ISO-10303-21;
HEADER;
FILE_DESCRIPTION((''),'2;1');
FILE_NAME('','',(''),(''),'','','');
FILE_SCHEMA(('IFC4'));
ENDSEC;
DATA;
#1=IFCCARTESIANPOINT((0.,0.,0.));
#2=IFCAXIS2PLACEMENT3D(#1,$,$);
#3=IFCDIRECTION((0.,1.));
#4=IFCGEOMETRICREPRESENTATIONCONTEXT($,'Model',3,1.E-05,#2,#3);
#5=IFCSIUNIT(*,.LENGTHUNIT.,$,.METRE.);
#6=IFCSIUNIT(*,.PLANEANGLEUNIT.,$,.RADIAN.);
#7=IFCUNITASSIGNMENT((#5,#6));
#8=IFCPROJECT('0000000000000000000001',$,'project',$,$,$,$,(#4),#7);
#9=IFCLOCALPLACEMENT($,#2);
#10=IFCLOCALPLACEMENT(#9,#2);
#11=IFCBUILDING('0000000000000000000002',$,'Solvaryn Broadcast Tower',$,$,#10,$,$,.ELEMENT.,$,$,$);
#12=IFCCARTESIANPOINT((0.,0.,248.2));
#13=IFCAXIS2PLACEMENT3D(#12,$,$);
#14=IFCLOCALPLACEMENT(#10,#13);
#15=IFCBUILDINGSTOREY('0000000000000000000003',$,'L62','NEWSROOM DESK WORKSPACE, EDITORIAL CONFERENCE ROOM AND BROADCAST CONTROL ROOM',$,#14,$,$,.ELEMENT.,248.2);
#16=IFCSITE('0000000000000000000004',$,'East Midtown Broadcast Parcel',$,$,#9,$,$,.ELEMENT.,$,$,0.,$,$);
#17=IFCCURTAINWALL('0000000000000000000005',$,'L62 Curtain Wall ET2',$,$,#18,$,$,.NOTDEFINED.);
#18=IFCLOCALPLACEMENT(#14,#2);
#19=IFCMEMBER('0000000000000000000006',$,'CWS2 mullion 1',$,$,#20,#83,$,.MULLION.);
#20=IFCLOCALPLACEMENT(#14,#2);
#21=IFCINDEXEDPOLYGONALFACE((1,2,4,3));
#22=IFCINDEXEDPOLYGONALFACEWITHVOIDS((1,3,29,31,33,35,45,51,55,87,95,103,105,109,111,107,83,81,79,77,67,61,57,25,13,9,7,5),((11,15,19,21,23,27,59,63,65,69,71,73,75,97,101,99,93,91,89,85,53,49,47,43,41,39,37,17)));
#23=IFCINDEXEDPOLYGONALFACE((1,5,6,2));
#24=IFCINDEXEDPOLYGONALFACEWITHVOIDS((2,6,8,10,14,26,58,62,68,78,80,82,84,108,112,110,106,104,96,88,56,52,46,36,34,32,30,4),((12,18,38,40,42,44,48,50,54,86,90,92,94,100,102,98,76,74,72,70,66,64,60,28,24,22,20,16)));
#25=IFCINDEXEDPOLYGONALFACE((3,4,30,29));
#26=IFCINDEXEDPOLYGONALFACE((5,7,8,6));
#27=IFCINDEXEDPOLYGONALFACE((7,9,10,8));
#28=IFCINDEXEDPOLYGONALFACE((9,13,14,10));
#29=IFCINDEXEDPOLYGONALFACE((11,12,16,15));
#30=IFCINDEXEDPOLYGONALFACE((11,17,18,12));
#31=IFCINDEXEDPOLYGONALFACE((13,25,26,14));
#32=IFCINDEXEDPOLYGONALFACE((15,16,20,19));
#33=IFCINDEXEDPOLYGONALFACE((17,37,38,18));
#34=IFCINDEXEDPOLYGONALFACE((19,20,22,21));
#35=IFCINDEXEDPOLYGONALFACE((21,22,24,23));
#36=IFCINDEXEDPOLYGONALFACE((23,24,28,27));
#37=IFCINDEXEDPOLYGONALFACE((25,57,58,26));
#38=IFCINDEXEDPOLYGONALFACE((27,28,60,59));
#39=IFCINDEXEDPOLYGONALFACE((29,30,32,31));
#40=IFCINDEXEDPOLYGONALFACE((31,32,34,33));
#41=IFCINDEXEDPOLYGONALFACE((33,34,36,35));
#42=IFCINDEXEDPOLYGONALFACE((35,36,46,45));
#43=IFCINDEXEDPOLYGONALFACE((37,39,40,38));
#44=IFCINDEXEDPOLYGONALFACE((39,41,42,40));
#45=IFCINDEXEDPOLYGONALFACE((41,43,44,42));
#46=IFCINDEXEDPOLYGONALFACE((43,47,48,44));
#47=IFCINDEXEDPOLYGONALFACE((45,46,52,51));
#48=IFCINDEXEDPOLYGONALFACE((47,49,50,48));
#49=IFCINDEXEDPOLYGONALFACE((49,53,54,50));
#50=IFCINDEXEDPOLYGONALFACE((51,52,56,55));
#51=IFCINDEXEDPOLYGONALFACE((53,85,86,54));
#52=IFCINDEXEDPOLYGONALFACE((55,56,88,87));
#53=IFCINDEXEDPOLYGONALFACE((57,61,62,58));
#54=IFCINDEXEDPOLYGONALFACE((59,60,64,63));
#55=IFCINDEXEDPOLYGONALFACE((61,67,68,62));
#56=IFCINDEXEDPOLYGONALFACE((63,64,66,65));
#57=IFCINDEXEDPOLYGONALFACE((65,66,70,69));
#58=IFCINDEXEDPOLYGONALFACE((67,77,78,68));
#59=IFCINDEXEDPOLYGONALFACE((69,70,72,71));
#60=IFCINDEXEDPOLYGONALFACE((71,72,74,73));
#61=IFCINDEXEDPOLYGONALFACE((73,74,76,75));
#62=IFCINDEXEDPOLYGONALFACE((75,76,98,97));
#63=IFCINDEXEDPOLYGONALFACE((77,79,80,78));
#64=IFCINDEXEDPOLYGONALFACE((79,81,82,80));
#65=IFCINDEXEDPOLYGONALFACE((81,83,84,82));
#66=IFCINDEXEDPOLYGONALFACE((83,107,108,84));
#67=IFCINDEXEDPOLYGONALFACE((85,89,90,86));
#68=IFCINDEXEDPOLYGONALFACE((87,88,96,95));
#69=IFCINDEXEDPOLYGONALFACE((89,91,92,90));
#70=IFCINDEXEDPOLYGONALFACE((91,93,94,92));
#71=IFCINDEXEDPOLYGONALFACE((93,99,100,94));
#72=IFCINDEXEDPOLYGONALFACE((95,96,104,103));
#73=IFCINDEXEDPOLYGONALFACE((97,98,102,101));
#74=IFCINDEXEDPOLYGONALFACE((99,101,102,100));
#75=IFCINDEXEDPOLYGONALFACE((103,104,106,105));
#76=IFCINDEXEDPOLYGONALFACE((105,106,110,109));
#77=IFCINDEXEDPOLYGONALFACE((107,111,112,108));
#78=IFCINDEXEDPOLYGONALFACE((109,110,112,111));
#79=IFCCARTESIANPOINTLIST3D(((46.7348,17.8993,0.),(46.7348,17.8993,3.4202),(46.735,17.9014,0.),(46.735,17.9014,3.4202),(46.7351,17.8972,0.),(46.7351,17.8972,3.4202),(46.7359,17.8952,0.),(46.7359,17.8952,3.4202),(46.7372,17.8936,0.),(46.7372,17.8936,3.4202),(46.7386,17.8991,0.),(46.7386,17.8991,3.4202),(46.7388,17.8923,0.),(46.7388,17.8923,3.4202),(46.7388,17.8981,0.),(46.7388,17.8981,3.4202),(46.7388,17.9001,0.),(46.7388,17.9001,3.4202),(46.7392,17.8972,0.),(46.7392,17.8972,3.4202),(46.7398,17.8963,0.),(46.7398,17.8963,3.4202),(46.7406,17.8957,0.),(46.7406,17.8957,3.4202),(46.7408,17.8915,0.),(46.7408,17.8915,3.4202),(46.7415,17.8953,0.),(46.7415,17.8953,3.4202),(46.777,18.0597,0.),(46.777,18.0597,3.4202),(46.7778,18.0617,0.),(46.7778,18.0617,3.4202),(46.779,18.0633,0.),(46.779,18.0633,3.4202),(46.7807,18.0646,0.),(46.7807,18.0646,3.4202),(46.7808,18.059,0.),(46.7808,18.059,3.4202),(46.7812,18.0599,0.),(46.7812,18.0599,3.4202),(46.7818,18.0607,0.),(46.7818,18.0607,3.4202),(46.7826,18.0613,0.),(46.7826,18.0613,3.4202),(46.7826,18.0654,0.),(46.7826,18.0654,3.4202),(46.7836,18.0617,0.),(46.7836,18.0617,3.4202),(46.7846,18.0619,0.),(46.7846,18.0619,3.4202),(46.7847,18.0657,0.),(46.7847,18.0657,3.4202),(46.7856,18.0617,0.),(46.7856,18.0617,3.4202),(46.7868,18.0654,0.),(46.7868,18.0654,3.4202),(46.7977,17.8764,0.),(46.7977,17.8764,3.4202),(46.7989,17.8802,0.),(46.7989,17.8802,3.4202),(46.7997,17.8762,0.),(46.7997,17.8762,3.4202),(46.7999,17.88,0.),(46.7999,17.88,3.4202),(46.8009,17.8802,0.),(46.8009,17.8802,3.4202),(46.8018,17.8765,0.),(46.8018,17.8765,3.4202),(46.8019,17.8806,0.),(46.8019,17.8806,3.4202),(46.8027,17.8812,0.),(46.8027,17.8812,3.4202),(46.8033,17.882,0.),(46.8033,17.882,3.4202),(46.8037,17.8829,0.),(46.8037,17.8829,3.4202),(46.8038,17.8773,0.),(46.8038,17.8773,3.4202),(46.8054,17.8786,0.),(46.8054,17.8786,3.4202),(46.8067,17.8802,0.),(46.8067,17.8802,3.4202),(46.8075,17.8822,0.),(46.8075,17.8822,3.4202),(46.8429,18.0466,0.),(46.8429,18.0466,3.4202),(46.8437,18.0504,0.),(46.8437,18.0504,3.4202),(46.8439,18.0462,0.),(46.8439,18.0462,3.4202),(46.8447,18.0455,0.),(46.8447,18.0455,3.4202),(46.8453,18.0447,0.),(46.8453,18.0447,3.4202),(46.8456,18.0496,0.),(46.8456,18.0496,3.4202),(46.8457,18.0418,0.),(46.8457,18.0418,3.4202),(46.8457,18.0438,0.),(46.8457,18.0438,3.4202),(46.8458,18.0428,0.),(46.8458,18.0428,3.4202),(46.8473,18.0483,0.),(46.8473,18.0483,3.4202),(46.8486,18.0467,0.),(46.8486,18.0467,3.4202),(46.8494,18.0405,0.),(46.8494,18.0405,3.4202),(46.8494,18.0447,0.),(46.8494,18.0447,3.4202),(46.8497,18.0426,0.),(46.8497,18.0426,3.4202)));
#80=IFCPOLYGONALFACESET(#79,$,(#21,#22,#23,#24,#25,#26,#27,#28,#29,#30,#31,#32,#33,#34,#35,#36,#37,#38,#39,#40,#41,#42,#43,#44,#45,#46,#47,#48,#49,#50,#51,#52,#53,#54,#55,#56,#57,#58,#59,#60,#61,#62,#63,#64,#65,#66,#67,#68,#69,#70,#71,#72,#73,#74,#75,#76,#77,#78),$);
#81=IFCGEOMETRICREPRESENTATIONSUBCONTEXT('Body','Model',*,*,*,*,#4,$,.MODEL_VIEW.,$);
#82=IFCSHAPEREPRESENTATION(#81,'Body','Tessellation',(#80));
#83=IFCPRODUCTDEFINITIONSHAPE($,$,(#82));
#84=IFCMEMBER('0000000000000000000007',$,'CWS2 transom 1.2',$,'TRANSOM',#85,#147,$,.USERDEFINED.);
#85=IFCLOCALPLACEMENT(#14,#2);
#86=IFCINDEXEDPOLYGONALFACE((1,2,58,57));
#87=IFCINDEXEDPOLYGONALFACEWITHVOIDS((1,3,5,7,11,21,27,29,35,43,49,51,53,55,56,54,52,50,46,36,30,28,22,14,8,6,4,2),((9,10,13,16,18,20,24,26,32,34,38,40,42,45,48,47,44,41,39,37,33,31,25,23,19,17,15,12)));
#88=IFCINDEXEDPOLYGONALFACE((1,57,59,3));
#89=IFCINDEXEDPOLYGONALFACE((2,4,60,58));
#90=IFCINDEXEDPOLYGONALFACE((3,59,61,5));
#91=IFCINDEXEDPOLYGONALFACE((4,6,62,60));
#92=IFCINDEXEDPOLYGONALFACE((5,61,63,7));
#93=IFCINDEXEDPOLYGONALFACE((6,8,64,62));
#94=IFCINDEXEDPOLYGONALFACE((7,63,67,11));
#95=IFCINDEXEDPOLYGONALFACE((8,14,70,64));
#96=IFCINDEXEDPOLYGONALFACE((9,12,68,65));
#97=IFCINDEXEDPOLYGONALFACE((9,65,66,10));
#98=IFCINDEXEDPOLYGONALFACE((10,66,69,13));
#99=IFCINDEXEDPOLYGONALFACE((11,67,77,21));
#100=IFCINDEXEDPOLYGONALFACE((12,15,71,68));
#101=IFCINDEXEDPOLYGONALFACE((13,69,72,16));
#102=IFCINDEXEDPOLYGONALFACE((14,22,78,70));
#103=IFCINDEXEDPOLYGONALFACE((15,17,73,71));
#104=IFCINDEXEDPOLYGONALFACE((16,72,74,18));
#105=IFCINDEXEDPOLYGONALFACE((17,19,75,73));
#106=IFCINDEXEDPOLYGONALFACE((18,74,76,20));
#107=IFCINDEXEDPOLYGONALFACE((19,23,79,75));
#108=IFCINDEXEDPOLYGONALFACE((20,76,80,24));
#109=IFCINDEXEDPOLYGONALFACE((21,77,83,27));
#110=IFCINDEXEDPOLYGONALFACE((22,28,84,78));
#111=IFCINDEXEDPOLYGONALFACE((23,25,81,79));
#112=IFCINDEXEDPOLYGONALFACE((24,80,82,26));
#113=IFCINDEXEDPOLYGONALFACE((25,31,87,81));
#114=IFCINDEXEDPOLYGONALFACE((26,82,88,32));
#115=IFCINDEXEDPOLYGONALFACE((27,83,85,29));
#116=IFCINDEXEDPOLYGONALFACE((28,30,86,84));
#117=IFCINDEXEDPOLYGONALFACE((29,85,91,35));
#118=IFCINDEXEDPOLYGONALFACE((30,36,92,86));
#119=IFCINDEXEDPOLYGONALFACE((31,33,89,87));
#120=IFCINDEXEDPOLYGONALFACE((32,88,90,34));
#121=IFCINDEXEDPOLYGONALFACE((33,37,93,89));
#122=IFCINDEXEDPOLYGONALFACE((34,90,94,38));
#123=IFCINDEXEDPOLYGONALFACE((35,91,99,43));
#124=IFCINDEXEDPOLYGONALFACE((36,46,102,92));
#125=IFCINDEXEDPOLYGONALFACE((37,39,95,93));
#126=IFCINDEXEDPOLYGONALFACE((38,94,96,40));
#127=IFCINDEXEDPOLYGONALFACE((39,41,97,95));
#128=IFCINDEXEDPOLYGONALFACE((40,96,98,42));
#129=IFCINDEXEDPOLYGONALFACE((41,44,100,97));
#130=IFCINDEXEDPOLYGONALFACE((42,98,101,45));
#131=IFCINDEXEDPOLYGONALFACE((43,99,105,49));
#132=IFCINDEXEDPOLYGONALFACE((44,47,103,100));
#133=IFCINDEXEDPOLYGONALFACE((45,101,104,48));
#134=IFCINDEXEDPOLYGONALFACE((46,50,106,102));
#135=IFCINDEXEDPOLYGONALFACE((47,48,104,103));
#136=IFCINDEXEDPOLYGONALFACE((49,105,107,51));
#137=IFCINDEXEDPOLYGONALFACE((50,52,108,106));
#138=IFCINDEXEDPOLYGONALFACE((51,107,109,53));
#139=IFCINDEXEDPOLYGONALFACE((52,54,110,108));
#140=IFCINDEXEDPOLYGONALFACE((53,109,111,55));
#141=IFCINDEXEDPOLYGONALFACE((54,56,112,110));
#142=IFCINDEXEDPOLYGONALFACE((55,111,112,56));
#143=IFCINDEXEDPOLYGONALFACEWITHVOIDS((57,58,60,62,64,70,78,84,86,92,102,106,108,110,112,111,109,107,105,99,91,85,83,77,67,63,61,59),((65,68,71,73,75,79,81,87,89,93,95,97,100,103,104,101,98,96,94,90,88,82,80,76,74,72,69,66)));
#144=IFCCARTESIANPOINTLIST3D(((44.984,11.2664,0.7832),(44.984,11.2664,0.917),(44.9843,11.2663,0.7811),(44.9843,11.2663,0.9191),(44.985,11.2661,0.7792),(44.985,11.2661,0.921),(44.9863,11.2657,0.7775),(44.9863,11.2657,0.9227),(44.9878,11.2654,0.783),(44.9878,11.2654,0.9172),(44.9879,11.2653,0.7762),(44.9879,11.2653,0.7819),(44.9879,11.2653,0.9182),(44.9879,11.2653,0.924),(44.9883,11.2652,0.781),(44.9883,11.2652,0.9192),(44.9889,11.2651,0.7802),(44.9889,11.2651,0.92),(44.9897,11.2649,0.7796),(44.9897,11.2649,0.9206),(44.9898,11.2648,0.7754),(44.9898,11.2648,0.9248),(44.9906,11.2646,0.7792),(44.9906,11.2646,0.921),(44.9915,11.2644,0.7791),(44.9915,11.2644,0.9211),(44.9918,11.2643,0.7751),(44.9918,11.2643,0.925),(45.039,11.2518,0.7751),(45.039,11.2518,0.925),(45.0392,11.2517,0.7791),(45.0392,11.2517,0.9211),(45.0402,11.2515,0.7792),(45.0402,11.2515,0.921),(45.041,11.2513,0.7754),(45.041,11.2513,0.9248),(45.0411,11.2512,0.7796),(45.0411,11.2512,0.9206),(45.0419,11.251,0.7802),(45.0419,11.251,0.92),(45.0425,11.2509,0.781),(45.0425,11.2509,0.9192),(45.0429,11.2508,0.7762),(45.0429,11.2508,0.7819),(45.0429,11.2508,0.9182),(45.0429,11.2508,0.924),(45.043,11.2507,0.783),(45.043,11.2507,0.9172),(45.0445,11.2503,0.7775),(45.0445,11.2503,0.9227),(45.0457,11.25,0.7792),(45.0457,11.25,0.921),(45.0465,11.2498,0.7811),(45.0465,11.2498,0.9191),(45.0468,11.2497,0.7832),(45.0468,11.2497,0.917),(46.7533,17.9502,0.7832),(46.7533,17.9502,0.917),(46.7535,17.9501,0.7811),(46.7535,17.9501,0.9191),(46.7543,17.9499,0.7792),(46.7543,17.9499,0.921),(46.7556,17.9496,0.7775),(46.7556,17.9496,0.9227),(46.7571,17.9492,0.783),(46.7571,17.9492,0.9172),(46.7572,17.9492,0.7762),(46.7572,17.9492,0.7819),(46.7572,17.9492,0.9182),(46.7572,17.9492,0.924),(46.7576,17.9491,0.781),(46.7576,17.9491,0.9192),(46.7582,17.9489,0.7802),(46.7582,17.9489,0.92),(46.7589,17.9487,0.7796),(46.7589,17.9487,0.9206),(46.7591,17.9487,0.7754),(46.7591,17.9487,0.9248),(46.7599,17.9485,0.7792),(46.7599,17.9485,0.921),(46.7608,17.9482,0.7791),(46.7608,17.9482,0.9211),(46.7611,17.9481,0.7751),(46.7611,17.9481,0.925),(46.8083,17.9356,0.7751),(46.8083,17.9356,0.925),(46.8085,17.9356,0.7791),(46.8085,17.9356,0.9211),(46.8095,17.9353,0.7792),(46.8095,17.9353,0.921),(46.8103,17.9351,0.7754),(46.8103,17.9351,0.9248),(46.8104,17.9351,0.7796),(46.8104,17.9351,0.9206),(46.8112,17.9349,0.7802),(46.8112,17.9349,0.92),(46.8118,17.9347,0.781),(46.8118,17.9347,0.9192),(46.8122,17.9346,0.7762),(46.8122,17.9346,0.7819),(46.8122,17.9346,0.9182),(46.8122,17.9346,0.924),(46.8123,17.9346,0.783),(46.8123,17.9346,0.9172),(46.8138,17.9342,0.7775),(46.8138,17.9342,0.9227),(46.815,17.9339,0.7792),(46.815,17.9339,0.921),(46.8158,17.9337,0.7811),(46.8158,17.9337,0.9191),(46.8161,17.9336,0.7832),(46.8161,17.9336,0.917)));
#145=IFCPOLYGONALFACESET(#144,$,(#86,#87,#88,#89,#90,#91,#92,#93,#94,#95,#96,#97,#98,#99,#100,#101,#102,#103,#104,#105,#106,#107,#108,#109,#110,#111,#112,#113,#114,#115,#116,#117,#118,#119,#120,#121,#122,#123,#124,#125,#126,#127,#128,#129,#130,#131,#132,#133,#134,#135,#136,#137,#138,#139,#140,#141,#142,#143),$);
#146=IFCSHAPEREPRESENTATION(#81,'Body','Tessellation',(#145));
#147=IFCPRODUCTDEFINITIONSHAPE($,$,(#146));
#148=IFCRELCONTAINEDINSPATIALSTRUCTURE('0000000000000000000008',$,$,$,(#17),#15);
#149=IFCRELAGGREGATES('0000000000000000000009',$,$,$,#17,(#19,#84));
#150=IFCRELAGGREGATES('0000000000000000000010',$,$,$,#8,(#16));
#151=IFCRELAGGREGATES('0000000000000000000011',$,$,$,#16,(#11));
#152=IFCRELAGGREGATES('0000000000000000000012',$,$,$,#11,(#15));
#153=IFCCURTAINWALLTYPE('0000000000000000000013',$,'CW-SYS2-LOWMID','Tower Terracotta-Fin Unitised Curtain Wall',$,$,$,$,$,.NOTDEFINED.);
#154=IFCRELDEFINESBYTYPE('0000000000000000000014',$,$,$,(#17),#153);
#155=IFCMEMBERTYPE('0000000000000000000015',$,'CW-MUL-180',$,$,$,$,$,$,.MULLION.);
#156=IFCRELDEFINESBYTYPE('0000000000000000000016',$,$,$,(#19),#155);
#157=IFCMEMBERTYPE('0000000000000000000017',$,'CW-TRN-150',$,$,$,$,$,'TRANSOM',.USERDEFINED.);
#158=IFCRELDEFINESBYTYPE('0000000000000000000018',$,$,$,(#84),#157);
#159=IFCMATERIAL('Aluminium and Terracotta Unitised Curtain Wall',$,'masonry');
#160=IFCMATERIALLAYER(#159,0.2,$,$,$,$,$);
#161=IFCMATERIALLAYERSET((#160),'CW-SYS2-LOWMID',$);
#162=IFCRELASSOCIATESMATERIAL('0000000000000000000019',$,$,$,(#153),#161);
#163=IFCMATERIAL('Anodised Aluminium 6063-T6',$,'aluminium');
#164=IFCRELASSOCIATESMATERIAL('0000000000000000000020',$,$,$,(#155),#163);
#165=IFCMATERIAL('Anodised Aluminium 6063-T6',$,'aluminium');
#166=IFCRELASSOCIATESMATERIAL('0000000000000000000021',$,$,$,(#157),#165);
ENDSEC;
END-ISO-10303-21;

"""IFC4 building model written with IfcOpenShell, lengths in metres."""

from ifc_helpers import new_model, si_unit, direction, frame, origin, origin_2d, place, context, subcontext, project, spatial, hollow_rectangle, extrude, material, layer, layer_set, material_profile, profile_set, type_object, element, aggregate, save


model = new_model("IFC4")

# Units and contexts
model_context = context("Model", 3, precision=1e-05, world=origin(), true_north=direction((0.0, 1.0)))
body_context = subcontext(model_context, "Body", "Model", "MODEL_VIEW")
ifc_project = project(units=[si_unit("LENGTHUNIT", "METRE"), si_unit("PLANEANGLEUNIT", "RADIAN")], contexts=[model_context])

# Site, building, storey
site_placement = place(None, origin())
site = spatial("IfcSite", under=ifc_project, at=site_placement, Name="East Midtown Broadcast Parcel", CompositionType="ELEMENT", RefElevation=0.0)
building_placement = place(site_placement, origin())
building = spatial("IfcBuilding", under=site, at=building_placement, Name="Solvaryn Broadcast Tower", CompositionType="ELEMENT")
storey_placement = place(building_placement, frame((0.0, 0.0, 248.2)))
storey = spatial("IfcBuildingStorey", under=building, at=storey_placement, Name="L62", Description="NEWSROOM DESK WORKSPACE, EDITORIAL CONFERENCE ROOM AND BROADCAST CONTROL ROOM", CompositionType="ELEMENT", Elevation=248.2)

# Shared definitions
ifc_material_1 = material(Name="Aluminium and Terracotta Unitised Curtain Wall", Category="masonry")
ifc_layer_1 = layer(ifc_material_1, 0.2)
ifc_layer_set_1 = layer_set([ifc_layer_1], Name="CW-SYS2-LOWMID")
curtain_wall_type = type_object("IfcCurtainWallType", Name="CW-SYS2-LOWMID", Description="Tower Terracotta-Fin Unitised Curtain Wall", PredefinedType="NOTDEFINED", material=ifc_layer_set_1)
ifc_material_2 = material(Name="Anodised Aluminium 6063-T6", Category="aluminium")
ifc_material_profile_1 = material_profile(ifc_material_2, hollow_rectangle(XDim=0.075, YDim=0.1799, WallThickness=0.0039, InnerFilletRadius=0.0039, OuterFilletRadius=0.0081, at=origin_2d()))
ifc_profile_set_1 = profile_set([ifc_material_profile_1], Name="Anodised Aluminium 6063-T6")
member_type_1 = type_object("IfcMemberType", Name="CW-MUL-180", PredefinedType="MULLION", material=ifc_profile_set_1)

# Curtain wall, members
curtain_wall_1_placement = place(storey_placement, origin())
curtain_wall_1 = element("IfcCurtainWall", 1, at=curtain_wall_1_placement, inside=storey, type_object=curtain_wall_type, Name="L62 Curtain Wall ET2", PredefinedType="NOTDEFINED")
member_1_placement = place(storey_placement, frame((46.7922, 17.9709, 0.0), z_axis=(0.0, 0.0, 1.0), x_axis=(0.966705, -0.255893, 0.0)))
member_1 = element("IfcMember", 2, at=member_1_placement, type_object=member_type_1, Name="CWS2 mullion 1", PredefinedType="MULLION", context=body_context, shape_type="SweptSolid", body=[
    extrude(hollow_rectangle(XDim=0.075, YDim=0.1799, WallThickness=0.0039, InnerFilletRadius=0.0039, OuterFilletRadius=0.0081, at=origin_2d()), origin(), (0.0, 0.0, 1.0), 3.4202),
])
ifc_material_3 = material(Name="Anodised Aluminium 6063-T6", Category="aluminium")
ifc_material_profile_2 = material_profile(ifc_material_3, hollow_rectangle(XDim=0.0649, YDim=0.1499, WallThickness=0.0039, InnerFilletRadius=0.0039, OuterFilletRadius=0.0081, at=origin_2d()))
ifc_profile_set_2 = profile_set([ifc_material_profile_2], Name="Anodised Aluminium 6063-T6")
member_type_2 = type_object("IfcMemberType", Name="CW-TRN-150", ElementType="TRANSOM", PredefinedType="USERDEFINED", material=ifc_profile_set_2)
member_2_placement = place(storey_placement, frame((46.7847, 17.9419, 0.8501), z_axis=(-0.255897, -0.966704, 0.0), x_axis=(0.966704, -0.255897, 0.0)))
member_2 = element("IfcMember", 3, at=member_2_placement, type_object=member_type_2, Name="CWS2 transom 1.2", ObjectType="TRANSOM", PredefinedType="USERDEFINED", context=body_context, shape_type="SweptSolid", body=[
    extrude(hollow_rectangle(XDim=0.0649, YDim=0.1499, WallThickness=0.0039, InnerFilletRadius=0.0039, OuterFilletRadius=0.0081, at=origin_2d()), origin(), (0.0, 0.0, 1.0), 6.9141),
])
aggregate(curtain_wall_1, [member_1, member_2])

save(model, "model.ifc")
